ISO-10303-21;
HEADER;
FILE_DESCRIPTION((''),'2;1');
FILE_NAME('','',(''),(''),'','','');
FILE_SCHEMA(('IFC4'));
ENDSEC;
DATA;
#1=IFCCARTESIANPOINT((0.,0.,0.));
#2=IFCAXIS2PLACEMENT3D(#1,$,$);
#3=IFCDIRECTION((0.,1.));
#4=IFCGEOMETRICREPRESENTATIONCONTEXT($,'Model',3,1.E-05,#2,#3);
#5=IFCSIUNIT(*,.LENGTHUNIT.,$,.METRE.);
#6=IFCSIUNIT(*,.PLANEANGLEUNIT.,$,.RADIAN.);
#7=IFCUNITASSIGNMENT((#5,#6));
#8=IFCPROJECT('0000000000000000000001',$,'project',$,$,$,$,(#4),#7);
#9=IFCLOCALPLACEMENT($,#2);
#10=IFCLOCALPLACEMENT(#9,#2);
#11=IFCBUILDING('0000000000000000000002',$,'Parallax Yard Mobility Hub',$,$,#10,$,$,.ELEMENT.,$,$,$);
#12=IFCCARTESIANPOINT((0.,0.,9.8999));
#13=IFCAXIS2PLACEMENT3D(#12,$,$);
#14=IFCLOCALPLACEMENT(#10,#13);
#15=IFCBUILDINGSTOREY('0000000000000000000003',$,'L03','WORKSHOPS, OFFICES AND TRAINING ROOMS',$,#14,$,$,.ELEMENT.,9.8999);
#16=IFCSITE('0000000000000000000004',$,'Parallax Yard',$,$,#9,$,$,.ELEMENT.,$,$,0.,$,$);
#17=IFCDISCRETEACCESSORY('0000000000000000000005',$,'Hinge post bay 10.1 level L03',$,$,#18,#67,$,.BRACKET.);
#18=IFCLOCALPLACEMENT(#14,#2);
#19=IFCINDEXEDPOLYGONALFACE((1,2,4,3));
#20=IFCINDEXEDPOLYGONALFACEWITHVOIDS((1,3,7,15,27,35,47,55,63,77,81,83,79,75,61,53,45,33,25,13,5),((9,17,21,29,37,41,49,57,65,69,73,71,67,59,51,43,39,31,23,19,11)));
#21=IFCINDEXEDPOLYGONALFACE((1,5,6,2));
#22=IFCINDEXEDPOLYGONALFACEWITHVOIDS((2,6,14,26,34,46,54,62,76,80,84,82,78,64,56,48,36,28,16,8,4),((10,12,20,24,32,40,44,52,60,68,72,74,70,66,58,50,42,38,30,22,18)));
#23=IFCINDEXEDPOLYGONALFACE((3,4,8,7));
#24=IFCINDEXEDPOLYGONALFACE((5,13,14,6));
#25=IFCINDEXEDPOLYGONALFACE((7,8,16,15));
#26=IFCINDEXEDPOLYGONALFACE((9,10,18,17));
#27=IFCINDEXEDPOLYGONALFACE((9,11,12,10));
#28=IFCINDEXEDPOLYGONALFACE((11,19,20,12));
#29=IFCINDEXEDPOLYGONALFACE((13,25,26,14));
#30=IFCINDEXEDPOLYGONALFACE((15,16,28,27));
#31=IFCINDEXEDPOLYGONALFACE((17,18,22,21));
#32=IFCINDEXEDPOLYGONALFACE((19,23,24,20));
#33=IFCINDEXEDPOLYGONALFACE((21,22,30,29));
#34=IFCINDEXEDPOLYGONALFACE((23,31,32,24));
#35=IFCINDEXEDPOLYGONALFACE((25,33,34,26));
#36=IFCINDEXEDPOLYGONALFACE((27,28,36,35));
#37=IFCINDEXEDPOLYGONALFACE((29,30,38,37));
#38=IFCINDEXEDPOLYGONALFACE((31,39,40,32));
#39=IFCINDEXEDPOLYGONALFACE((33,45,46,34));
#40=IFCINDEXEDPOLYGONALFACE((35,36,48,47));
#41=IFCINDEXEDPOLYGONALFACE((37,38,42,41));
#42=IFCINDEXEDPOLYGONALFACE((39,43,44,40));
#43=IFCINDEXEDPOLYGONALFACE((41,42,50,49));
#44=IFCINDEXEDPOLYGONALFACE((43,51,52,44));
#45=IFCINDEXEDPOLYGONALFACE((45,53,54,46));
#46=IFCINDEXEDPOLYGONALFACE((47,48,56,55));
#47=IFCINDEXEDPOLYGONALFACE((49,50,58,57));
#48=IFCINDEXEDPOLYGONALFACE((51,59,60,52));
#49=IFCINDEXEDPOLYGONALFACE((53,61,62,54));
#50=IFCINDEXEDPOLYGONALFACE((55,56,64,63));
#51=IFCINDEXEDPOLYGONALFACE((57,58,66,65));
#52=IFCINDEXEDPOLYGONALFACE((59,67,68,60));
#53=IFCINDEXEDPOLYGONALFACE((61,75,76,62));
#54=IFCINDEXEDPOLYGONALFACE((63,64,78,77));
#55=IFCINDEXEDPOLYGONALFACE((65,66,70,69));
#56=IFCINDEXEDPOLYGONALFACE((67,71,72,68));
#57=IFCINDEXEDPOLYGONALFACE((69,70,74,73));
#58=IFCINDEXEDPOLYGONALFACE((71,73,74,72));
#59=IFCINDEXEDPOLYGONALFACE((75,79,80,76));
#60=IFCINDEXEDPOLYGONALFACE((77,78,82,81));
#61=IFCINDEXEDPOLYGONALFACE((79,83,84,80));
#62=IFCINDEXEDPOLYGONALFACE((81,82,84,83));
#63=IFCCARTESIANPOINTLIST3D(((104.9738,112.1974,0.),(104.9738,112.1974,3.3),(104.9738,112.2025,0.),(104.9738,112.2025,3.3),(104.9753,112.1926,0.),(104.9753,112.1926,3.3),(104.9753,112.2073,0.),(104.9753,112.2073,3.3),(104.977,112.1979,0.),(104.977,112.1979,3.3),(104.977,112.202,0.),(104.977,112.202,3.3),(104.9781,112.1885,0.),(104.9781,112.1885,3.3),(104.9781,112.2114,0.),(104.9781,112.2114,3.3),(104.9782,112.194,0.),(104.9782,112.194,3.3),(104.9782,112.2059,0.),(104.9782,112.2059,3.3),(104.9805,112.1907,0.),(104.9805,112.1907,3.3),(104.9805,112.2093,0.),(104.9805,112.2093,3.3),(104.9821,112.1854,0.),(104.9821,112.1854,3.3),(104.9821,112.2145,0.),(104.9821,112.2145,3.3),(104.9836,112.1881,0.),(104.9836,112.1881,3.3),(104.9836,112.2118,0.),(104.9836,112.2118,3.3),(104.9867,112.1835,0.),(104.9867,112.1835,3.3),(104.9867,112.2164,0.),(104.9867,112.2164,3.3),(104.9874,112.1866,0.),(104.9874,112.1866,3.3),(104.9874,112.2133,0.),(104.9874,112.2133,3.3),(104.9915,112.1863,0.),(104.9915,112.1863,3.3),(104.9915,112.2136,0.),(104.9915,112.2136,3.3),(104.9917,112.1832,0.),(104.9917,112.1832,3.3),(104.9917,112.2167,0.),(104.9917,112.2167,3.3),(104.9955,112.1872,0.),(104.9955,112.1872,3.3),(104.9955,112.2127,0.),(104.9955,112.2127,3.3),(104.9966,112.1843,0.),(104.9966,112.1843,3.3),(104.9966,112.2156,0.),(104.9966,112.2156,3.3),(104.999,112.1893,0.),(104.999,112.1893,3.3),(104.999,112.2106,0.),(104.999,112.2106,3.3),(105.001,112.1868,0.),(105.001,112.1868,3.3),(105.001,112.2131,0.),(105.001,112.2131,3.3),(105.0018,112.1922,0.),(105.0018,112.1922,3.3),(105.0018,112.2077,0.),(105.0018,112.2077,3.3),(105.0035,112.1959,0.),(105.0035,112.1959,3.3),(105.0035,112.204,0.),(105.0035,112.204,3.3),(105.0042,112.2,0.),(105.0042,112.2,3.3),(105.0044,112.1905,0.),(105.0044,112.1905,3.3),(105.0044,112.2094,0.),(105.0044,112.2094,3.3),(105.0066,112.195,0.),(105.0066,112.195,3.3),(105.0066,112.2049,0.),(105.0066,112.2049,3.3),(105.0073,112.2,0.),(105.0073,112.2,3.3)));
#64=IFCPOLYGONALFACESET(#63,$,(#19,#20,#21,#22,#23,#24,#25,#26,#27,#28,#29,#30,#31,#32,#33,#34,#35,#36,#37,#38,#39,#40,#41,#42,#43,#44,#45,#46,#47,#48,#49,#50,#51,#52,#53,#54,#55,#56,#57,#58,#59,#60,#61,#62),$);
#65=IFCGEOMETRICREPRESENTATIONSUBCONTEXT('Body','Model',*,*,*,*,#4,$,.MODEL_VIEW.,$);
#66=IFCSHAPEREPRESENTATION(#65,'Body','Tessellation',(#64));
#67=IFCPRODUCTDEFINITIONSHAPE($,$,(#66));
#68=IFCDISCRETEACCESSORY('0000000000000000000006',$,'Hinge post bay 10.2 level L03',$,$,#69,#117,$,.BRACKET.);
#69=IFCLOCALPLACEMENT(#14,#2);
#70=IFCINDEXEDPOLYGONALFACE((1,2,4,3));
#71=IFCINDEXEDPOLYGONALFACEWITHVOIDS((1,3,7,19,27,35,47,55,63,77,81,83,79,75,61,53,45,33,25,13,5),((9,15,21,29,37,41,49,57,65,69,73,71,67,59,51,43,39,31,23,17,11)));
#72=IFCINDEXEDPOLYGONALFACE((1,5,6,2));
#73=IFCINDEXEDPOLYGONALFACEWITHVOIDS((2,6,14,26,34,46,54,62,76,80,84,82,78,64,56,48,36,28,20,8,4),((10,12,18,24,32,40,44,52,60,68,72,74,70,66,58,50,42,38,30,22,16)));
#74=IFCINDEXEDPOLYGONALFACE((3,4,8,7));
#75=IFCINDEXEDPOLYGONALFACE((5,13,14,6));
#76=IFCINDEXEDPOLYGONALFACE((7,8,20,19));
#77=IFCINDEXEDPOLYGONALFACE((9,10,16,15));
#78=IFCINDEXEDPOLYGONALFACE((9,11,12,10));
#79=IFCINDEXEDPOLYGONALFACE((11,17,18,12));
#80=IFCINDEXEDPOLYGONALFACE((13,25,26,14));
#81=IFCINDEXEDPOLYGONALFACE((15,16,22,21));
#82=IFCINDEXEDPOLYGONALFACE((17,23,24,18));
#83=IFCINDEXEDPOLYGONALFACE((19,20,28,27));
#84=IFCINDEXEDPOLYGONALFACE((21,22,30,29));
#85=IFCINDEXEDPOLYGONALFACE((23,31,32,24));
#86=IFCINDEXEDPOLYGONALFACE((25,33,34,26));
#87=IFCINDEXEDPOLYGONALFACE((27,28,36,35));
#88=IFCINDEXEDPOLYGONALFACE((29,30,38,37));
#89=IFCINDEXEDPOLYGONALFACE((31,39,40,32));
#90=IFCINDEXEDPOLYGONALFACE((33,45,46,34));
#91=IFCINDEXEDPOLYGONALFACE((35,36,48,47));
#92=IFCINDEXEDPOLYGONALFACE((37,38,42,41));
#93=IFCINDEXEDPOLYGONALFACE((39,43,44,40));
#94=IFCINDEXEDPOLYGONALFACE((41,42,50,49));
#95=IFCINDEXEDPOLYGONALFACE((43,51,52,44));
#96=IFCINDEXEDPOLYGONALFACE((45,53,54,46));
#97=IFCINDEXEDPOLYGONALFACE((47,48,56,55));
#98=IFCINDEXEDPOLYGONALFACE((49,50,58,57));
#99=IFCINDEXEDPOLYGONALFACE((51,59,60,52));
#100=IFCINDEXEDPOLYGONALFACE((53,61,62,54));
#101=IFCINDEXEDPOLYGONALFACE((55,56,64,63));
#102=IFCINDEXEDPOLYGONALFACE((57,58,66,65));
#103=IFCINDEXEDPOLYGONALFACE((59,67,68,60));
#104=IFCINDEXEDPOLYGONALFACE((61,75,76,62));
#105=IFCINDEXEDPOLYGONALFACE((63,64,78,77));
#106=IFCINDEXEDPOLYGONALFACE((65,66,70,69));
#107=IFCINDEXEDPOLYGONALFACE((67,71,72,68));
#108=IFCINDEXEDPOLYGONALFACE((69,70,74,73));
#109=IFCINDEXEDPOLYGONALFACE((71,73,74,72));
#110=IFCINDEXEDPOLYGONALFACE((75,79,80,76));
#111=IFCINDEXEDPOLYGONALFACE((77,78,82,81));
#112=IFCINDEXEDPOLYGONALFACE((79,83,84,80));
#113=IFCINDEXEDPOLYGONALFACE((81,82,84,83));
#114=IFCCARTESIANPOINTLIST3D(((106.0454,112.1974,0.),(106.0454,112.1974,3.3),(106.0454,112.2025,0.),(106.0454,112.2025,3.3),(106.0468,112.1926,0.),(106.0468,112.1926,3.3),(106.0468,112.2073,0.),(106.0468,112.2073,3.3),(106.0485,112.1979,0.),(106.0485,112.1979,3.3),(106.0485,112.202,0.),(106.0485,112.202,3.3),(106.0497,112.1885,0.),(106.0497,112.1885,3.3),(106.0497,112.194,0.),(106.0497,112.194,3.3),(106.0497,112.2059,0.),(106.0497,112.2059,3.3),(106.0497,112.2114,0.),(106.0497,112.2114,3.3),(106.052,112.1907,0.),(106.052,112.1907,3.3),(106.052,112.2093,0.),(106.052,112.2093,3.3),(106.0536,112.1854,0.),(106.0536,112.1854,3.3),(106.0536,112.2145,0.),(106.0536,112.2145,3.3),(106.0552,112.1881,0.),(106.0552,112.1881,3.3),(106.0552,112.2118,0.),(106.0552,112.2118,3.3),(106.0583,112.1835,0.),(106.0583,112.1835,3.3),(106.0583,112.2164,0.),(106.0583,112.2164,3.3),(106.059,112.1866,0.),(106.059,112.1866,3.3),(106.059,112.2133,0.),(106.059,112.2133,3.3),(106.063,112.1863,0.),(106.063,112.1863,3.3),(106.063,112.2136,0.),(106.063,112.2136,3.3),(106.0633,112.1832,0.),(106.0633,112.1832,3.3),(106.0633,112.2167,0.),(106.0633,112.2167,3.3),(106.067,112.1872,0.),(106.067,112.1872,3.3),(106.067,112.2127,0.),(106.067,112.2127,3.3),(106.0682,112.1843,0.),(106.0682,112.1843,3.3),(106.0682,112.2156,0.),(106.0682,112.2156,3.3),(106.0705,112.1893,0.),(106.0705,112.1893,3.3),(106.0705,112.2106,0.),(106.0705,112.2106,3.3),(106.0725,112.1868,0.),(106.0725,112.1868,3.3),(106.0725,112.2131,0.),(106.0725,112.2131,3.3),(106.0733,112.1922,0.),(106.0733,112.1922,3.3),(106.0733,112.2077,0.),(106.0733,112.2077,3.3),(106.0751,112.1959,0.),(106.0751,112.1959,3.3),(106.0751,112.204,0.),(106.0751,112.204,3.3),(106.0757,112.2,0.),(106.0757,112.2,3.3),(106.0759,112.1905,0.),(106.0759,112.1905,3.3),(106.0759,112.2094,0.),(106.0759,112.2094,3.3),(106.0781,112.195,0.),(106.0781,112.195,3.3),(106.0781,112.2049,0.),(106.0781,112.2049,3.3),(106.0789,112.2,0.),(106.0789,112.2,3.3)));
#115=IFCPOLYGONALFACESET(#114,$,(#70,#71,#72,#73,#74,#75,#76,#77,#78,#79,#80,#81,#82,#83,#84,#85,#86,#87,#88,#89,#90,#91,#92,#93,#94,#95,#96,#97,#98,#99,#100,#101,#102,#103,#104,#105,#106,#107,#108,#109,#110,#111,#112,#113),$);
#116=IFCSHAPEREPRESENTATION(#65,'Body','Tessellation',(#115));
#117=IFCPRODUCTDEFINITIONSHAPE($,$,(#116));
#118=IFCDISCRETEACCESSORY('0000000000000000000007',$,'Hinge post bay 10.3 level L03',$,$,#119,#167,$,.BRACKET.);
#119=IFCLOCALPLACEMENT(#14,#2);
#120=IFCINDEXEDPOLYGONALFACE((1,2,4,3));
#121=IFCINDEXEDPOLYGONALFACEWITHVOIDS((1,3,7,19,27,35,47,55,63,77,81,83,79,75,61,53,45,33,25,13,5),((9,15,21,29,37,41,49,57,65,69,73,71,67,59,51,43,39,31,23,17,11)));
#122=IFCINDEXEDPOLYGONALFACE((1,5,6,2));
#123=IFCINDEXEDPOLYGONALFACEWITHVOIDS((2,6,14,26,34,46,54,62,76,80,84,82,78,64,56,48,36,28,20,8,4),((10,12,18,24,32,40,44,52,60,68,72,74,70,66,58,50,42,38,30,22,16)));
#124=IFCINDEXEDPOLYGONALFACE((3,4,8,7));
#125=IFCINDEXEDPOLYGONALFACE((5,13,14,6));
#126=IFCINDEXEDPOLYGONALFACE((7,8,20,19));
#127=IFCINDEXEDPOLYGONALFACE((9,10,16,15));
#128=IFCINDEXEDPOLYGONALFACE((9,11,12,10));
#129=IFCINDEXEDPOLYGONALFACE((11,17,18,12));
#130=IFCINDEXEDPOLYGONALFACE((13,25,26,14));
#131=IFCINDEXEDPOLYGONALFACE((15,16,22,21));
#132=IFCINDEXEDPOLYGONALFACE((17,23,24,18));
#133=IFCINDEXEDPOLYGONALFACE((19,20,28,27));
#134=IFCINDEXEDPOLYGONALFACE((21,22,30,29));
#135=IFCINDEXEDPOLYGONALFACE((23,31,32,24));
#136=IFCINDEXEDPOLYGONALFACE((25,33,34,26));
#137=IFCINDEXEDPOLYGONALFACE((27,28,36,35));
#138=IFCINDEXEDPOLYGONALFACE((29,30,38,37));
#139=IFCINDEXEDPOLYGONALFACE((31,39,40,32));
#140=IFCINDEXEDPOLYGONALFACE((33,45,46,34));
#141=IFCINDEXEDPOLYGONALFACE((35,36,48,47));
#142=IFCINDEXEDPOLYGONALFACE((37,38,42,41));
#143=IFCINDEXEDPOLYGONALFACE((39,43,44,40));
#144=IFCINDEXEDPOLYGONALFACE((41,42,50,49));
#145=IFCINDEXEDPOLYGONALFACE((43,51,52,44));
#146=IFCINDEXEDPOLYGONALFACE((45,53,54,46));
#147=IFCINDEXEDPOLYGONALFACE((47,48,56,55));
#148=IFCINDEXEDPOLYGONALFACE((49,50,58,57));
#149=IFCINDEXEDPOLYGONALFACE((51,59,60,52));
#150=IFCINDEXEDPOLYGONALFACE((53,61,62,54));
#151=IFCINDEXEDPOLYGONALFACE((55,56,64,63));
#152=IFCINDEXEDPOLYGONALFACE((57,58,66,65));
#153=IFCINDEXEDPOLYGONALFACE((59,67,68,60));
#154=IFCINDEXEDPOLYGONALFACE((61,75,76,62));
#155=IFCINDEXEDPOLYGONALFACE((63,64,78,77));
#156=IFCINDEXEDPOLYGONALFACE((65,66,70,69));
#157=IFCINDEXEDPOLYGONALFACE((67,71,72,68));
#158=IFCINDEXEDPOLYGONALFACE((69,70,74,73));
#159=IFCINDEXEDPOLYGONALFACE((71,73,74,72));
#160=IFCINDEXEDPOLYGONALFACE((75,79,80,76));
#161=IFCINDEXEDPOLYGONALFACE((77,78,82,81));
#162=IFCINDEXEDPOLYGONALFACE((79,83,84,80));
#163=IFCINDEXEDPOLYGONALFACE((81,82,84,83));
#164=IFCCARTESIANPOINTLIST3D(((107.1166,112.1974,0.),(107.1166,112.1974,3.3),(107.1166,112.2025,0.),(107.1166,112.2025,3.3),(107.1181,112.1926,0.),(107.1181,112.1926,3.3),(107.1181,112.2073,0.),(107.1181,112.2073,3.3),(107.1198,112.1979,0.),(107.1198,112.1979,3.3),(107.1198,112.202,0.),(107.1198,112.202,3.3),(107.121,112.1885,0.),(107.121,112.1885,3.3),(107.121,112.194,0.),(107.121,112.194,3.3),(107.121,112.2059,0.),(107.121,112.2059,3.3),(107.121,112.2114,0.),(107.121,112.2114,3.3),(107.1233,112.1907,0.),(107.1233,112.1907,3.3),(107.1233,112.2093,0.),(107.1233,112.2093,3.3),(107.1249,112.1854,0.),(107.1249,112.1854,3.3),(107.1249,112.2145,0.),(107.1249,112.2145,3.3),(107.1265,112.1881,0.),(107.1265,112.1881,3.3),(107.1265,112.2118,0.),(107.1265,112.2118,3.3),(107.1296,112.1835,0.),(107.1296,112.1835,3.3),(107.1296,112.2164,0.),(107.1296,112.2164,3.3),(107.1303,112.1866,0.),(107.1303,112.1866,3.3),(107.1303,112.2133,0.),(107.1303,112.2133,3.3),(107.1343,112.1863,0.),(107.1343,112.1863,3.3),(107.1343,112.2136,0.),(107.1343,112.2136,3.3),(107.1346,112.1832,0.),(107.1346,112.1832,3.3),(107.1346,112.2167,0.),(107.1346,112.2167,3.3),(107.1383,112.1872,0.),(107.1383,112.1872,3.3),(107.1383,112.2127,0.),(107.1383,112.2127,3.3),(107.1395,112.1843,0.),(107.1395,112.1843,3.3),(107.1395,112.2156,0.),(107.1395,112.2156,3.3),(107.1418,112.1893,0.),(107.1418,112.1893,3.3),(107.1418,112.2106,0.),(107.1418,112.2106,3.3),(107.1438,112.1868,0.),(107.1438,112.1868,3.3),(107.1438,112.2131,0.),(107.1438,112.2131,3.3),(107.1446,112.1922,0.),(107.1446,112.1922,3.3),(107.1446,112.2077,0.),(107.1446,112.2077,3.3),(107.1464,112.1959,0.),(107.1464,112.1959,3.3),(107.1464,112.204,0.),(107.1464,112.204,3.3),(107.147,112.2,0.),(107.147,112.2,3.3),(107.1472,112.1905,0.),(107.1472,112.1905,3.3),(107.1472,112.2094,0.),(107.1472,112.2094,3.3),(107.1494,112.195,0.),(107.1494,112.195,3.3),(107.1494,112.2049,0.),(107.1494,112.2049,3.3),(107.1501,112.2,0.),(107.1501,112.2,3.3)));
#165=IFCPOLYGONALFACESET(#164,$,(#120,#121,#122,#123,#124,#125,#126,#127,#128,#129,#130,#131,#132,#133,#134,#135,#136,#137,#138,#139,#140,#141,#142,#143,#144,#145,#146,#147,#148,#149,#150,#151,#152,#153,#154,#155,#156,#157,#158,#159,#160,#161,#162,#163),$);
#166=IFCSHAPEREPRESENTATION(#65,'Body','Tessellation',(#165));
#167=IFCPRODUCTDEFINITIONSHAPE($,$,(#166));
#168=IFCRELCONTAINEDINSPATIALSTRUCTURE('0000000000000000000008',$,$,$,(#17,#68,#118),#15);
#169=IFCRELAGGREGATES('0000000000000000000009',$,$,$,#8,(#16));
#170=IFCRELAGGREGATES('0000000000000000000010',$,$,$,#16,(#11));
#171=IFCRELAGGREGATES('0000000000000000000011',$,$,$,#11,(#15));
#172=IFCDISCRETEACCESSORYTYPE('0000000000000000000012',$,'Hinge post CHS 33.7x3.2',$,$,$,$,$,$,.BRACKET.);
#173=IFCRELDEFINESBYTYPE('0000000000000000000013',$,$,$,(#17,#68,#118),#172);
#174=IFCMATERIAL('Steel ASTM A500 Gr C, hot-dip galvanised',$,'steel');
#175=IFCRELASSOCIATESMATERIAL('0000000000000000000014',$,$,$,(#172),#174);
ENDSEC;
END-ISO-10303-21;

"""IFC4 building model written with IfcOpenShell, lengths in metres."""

from ifc_helpers import new_model, si_unit, direction, frame, origin, origin_2d, place, context, subcontext, project, spatial, hollow_circle, extrude, material, material_profile, profile_set, type_object, element, save


model = new_model("IFC4")

# Units and contexts
model_context = context("Model", 3, precision=1e-05, world=origin(), true_north=direction((0.0, 1.0)))
body_context = subcontext(model_context, "Body", "Model", "MODEL_VIEW")
ifc_project = project(units=[si_unit("LENGTHUNIT", "METRE"), si_unit("PLANEANGLEUNIT", "RADIAN")], contexts=[model_context])

# Site, building, storey
site_placement = place(None, origin())
site = spatial("IfcSite", under=ifc_project, at=site_placement, Name="Parallax Yard", CompositionType="ELEMENT", RefElevation=0.0)
building_placement = place(site_placement, origin())
building = spatial("IfcBuilding", under=site, at=building_placement, Name="Parallax Yard Mobility Hub", CompositionType="ELEMENT")
storey_placement = place(building_placement, frame((0.0, 0.0, 9.8999)))
storey = spatial("IfcBuildingStorey", under=building, at=storey_placement, Name="L03", Description="WORKSHOPS, OFFICES AND TRAINING ROOMS", CompositionType="ELEMENT", Elevation=9.8999)

# Discrete accessories
ifc_material_1 = material(Name="Steel ASTM A500 Gr C, hot-dip galvanised", Category="steel")
ifc_material_profile = material_profile(ifc_material_1, hollow_circle(Radius=0.0168, WallThickness=0.0032, at=origin_2d()), Name="CHS 33.7x3.2")
ifc_profile_set = profile_set([ifc_material_profile], Name="Steel ASTM A500 Gr C, hot-dip galvanised")
discrete_accessory_type = type_object("IfcDiscreteAccessoryType", Name="Hinge post CHS 33.7x3.2", PredefinedType="BRACKET", material=ifc_profile_set)
for number, where, z_axis, x_axis, name in (
    (1, (104.9905, 112.2, 0.0), (0.0, 0.0, 1.0), (1.0, 0.0, 0.0), "Hinge post bay 10.1 level L03"),
    (2, (106.062, 112.2, 0.0), (0.0, 0.0, 1.0), (1.0, 0.0, 0.0), "Hinge post bay 10.2 level L03"),
    (3, (107.1333, 112.2, 0.0), (0.0, 0.0, 1.0), (1.0, 0.0, 0.0), "Hinge post bay 10.3 level L03"),
):
    element("IfcDiscreteAccessory", number, at=place(storey_placement, frame(where, z_axis=z_axis, x_axis=x_axis)), inside=storey, type_object=discrete_accessory_type, Name=name, PredefinedType="BRACKET", context=body_context, shape_type="SweptSolid", body=[
        extrude(hollow_circle(Radius=0.0168, WallThickness=0.0032, at=origin_2d()), origin(), (0.0, 0.0, 1.0), 3.3),
    ])

save(model, "model.ifc")
